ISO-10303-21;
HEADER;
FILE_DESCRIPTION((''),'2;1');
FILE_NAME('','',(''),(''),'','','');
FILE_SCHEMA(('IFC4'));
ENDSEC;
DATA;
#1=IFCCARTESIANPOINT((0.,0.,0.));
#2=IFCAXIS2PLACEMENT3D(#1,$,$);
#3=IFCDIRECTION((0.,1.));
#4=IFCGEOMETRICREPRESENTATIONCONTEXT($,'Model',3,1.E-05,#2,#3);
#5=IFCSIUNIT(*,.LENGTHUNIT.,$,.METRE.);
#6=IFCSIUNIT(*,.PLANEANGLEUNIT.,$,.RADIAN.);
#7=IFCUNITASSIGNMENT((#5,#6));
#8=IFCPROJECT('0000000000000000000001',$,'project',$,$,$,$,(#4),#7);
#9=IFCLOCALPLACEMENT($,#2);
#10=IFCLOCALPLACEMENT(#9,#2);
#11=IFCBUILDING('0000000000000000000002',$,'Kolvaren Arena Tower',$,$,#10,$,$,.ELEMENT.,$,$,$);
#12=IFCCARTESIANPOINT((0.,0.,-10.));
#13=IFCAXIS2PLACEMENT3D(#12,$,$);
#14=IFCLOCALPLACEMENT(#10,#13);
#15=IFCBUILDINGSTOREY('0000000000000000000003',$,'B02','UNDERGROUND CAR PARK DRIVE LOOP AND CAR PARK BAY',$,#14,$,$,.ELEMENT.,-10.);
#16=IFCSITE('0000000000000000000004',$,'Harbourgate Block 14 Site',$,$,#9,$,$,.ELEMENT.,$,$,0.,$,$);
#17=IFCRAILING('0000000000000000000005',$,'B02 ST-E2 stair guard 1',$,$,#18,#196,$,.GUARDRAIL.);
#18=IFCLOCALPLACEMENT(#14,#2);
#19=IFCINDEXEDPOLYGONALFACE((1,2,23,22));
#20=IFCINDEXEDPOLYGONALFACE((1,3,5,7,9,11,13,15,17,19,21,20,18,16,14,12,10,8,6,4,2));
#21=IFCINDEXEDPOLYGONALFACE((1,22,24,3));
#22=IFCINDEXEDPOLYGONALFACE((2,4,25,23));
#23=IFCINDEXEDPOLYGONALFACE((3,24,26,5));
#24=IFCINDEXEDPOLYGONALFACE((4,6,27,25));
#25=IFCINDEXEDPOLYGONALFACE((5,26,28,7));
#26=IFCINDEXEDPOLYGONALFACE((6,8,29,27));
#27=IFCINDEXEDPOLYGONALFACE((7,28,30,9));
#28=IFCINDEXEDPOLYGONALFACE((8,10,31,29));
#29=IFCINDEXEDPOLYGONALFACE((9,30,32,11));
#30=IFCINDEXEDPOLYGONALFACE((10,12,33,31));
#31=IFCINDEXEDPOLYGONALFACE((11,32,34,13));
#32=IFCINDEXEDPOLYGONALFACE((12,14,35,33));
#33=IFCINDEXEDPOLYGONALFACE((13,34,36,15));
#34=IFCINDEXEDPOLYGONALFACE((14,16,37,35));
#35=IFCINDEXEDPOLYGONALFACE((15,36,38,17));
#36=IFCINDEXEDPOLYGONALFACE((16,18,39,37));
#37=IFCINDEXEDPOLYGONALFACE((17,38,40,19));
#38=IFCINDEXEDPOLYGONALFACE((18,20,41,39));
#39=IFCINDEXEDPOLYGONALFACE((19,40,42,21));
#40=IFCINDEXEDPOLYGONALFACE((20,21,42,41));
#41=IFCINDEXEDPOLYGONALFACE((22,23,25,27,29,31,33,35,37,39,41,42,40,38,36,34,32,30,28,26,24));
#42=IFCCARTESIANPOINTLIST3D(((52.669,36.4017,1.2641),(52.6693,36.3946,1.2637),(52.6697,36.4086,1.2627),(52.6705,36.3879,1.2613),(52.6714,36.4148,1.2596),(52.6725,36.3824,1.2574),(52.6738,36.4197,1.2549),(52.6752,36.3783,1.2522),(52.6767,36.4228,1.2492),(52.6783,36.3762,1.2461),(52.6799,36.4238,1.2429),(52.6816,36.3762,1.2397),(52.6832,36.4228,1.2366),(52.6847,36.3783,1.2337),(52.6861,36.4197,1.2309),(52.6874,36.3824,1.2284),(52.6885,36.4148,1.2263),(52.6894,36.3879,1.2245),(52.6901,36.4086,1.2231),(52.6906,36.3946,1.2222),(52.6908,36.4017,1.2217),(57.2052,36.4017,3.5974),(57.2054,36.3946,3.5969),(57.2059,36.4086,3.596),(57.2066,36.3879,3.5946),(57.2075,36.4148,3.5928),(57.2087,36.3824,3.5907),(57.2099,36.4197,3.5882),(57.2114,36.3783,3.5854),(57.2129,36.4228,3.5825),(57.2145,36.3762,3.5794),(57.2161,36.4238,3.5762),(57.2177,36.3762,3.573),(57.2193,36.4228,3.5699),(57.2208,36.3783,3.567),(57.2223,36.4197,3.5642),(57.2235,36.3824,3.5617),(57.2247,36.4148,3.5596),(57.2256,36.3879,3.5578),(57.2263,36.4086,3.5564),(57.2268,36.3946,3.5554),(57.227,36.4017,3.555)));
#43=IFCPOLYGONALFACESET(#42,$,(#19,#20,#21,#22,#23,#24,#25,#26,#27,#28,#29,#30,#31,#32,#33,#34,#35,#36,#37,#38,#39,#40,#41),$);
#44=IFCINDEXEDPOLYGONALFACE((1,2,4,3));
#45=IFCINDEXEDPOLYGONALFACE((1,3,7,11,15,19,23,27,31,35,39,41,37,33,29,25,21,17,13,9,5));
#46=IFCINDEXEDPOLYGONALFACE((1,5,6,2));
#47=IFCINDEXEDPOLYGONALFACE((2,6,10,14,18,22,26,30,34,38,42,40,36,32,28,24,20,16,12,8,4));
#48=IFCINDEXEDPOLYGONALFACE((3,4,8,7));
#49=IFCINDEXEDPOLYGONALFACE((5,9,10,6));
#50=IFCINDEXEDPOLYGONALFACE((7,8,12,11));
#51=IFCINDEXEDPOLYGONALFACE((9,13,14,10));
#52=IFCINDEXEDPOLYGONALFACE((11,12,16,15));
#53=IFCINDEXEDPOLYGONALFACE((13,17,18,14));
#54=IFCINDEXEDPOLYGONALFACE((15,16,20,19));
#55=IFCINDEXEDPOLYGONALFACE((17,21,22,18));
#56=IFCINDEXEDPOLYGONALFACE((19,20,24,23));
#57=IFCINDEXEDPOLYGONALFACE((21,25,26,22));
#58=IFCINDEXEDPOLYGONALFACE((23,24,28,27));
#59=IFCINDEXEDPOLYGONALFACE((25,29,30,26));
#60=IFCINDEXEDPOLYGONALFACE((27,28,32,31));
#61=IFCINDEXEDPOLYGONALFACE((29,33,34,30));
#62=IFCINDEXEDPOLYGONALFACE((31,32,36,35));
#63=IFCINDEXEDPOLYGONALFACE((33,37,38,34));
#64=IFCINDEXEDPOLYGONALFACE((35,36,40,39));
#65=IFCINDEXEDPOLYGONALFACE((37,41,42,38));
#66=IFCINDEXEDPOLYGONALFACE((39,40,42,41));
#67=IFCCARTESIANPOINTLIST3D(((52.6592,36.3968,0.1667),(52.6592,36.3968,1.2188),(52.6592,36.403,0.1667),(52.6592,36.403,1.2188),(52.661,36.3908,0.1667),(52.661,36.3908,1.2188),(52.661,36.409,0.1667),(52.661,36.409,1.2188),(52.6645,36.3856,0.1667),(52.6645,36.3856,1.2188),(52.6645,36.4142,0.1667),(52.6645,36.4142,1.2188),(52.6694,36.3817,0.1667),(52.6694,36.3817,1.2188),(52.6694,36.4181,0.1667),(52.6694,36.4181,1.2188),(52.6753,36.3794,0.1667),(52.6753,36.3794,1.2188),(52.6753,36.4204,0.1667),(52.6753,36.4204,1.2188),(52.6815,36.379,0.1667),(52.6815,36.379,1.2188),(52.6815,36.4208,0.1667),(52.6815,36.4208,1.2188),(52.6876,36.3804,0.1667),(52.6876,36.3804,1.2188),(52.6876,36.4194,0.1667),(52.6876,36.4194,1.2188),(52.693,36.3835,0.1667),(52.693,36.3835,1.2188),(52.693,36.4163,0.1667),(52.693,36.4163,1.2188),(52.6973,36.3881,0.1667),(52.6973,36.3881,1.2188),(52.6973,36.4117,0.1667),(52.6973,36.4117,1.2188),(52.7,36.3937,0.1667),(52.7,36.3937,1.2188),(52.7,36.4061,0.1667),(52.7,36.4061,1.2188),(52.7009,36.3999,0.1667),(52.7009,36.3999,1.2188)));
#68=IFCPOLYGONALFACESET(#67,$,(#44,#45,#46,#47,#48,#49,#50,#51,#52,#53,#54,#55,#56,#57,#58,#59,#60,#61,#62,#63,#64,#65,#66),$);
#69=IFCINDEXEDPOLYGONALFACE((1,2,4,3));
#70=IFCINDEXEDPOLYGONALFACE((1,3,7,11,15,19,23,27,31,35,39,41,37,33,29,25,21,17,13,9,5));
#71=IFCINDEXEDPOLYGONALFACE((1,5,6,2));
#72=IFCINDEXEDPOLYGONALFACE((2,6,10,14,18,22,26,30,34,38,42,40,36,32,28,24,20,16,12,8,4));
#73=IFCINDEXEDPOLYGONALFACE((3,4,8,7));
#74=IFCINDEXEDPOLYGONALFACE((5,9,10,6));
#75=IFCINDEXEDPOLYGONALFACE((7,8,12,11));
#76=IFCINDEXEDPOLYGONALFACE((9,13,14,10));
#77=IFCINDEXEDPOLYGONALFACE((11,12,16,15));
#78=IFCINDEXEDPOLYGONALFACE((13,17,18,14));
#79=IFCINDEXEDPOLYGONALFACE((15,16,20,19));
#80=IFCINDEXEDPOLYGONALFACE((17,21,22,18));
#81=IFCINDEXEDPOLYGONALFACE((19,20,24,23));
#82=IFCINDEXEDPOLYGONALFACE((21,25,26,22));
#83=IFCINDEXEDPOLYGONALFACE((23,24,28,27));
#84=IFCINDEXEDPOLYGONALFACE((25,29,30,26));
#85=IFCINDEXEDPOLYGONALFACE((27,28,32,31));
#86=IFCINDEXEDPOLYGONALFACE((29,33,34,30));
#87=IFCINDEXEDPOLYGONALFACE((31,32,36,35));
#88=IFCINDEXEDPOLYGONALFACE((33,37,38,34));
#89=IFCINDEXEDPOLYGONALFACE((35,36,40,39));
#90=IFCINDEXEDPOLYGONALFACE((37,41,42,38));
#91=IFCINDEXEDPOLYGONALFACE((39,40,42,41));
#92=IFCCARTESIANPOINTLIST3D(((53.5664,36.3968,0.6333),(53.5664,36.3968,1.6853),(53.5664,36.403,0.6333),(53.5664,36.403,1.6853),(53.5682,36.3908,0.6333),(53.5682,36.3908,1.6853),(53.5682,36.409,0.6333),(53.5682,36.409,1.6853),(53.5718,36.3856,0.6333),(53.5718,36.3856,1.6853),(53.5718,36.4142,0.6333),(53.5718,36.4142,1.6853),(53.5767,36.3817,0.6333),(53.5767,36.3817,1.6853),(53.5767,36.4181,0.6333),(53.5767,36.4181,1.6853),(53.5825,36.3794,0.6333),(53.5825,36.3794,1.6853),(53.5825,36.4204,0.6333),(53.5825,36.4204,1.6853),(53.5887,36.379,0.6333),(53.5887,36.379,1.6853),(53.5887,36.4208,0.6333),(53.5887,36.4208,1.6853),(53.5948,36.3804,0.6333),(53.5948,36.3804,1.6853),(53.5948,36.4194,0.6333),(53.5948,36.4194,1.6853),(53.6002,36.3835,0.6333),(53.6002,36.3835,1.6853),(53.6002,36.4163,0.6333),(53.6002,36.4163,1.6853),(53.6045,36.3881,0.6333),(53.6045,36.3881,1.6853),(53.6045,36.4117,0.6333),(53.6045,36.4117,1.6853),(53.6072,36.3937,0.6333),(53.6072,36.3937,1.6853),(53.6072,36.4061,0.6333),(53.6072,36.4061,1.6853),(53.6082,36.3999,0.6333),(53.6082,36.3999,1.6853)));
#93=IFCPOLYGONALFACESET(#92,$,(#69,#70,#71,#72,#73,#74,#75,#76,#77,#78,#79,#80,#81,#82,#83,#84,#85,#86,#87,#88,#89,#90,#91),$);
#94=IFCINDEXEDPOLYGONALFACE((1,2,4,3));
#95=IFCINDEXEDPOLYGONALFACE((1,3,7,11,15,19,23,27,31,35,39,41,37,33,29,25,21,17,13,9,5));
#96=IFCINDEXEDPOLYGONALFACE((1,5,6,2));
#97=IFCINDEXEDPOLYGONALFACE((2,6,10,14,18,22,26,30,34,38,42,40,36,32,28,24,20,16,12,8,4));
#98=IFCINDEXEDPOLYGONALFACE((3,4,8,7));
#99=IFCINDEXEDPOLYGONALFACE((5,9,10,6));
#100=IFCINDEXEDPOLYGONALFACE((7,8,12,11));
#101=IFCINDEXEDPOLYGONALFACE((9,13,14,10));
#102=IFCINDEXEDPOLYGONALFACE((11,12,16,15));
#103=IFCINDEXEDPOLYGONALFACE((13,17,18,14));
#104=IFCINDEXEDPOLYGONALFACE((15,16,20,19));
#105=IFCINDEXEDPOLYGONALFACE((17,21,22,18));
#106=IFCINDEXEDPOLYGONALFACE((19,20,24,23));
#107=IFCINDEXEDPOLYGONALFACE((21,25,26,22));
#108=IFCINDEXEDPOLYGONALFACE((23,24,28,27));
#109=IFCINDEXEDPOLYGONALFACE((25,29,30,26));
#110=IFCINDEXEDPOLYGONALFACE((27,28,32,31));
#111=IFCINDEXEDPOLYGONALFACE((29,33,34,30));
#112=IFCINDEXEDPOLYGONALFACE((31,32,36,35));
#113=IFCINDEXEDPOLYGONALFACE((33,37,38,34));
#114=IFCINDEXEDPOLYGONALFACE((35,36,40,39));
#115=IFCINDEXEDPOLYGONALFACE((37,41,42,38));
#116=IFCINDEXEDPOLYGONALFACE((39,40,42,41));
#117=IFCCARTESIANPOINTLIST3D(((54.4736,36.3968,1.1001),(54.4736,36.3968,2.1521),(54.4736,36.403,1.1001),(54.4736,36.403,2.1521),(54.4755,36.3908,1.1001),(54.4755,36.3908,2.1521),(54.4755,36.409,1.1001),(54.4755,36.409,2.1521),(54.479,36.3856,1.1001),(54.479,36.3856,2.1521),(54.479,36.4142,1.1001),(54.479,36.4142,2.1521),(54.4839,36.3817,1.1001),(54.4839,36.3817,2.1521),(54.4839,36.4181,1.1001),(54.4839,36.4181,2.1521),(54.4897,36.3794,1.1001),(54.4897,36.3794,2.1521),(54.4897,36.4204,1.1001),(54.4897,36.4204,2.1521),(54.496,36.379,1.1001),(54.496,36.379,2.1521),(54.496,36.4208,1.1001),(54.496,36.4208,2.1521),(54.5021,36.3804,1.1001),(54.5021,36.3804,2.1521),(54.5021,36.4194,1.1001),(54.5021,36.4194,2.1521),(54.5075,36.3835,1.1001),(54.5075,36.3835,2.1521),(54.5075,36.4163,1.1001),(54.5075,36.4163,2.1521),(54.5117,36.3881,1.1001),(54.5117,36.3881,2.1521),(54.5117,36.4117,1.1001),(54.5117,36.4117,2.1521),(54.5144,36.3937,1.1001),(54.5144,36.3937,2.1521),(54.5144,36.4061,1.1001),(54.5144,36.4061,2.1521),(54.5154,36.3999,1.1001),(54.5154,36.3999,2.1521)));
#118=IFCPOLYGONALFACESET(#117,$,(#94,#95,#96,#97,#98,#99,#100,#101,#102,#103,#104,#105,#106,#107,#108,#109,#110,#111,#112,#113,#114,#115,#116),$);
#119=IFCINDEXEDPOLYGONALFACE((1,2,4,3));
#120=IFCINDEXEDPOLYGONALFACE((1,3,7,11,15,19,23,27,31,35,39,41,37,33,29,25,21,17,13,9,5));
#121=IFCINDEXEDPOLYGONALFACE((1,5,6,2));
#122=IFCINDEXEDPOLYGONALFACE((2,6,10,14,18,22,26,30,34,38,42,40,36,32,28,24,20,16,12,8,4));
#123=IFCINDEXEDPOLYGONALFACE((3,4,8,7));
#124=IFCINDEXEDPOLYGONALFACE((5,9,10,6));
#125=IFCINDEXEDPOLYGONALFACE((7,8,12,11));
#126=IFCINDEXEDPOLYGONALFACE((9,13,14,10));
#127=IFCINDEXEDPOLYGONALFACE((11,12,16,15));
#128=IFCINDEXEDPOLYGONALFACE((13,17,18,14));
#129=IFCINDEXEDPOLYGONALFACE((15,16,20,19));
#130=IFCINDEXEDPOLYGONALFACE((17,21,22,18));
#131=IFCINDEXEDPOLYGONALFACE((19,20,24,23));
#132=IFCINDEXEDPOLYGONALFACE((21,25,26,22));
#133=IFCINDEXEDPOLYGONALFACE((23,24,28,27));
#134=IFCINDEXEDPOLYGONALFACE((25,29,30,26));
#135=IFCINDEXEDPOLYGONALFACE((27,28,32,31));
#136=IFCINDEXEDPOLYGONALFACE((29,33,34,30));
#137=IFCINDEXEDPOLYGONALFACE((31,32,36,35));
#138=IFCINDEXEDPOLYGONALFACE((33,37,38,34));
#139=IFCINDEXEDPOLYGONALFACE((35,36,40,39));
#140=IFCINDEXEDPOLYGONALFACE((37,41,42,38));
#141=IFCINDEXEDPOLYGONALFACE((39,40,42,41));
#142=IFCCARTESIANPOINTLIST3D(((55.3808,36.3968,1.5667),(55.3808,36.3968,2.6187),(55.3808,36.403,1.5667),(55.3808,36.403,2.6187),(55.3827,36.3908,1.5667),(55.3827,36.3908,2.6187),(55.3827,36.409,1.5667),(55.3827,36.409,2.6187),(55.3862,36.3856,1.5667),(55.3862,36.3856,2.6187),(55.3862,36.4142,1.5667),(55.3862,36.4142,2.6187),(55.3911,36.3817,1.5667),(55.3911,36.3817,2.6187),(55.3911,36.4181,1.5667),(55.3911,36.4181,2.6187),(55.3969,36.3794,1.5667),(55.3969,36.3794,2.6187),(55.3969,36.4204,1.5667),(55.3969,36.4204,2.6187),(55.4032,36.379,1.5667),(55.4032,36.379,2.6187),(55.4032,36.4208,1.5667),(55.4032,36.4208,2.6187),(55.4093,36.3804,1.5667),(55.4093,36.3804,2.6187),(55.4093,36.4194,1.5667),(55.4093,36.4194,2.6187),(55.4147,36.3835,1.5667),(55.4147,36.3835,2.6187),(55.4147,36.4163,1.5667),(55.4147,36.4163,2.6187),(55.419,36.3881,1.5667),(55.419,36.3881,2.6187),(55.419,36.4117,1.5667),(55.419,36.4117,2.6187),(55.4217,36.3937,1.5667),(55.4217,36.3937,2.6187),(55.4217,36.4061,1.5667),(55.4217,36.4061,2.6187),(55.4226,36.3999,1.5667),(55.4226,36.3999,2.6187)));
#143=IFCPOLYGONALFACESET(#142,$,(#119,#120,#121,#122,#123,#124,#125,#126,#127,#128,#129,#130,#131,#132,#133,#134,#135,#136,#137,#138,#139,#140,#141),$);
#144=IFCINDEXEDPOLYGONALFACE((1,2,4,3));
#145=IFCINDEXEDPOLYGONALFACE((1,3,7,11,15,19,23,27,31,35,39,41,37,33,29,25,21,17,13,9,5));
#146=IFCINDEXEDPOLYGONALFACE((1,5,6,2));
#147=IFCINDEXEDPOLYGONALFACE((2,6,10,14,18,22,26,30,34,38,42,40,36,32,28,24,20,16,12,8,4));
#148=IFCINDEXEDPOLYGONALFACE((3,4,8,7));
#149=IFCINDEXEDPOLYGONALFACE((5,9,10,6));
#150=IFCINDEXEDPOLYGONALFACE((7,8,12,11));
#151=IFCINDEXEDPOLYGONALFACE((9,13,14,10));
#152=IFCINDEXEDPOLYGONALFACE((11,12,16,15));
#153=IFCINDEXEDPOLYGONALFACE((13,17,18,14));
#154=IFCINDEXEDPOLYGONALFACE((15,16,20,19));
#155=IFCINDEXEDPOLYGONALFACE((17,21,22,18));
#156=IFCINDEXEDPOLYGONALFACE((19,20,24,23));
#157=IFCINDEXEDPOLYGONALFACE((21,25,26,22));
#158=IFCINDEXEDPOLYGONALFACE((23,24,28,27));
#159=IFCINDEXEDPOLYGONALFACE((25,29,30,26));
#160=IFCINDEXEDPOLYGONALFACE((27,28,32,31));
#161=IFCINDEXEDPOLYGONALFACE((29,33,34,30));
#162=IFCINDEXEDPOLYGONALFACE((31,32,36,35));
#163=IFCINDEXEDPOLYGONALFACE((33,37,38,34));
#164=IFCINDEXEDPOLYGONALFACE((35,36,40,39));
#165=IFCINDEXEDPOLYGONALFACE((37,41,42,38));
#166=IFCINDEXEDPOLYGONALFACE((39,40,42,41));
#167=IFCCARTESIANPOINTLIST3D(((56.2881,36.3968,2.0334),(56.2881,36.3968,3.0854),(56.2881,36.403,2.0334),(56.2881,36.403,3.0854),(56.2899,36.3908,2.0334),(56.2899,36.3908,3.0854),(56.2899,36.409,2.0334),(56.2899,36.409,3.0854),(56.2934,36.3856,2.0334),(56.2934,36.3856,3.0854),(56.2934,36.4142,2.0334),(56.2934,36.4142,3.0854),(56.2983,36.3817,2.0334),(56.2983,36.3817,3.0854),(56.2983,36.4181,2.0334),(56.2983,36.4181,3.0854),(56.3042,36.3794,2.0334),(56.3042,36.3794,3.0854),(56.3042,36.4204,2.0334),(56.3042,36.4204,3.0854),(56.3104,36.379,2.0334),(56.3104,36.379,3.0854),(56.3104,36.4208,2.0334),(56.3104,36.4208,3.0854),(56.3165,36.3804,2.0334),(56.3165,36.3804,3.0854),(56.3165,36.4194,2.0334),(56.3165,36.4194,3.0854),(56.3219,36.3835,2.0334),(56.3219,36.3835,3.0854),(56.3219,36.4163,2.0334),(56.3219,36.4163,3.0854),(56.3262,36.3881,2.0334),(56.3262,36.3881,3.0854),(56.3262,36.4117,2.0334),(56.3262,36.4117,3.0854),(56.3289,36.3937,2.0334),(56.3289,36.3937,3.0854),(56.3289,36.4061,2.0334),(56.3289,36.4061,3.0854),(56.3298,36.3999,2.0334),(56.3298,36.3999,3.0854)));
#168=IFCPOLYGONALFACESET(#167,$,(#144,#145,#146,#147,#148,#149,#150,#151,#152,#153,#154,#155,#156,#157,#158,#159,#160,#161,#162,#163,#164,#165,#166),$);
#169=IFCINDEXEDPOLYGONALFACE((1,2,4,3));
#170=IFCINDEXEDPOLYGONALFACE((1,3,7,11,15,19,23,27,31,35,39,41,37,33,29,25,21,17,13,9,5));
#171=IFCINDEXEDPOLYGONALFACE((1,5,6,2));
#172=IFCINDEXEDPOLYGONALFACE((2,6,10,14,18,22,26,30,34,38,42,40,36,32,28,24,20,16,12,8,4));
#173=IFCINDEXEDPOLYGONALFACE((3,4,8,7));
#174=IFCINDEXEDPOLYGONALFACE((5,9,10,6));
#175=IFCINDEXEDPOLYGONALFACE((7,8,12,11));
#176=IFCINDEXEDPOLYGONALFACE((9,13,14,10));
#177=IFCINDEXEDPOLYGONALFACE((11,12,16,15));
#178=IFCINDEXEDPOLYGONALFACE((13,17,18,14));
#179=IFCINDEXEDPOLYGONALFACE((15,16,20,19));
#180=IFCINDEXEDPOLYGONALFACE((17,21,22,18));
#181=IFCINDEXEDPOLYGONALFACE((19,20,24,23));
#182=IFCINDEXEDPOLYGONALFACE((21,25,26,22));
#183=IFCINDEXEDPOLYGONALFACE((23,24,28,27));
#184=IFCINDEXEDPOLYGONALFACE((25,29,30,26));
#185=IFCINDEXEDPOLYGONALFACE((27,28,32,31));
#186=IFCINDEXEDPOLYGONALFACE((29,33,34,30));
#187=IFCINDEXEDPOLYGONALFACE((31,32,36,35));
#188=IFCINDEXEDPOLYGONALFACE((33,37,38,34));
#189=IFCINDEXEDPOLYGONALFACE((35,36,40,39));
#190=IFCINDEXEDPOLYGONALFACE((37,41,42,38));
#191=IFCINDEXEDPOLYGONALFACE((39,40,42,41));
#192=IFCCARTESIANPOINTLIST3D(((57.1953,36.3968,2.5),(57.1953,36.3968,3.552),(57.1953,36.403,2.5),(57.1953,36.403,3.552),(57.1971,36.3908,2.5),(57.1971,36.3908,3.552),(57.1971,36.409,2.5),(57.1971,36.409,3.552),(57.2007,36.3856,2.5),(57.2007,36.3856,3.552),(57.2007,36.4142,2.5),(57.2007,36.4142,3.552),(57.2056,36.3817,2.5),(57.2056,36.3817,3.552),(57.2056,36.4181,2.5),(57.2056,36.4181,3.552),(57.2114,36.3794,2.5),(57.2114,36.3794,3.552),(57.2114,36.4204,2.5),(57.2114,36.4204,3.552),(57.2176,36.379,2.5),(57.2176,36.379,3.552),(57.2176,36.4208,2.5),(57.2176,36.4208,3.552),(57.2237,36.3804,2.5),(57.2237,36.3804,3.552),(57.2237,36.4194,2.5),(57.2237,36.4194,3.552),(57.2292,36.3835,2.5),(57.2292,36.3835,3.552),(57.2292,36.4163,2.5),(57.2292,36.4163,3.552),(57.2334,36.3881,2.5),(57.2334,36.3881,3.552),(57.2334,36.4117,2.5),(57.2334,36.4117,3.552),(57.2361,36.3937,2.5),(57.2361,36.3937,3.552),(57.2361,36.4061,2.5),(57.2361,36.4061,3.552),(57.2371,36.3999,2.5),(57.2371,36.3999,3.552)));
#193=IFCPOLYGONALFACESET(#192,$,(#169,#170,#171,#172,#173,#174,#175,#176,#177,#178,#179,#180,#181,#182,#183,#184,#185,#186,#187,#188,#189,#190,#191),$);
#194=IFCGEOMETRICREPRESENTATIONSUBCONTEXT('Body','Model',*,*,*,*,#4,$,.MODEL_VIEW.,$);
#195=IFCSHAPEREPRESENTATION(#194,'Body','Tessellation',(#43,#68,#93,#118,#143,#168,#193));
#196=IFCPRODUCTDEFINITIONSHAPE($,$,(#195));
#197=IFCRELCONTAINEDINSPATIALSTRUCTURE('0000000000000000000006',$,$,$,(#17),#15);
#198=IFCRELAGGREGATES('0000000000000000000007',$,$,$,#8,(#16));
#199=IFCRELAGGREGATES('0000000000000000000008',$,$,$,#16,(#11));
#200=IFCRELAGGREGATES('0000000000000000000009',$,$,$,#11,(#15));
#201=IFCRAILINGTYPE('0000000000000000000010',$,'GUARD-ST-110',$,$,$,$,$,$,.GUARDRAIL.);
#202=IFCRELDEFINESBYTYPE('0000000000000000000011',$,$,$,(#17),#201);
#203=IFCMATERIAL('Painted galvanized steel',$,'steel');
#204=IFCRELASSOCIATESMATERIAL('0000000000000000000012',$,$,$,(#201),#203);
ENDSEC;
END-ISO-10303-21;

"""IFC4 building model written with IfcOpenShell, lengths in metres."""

from ifc_helpers import new_model, si_unit, direction, frame, origin, origin_2d, place, context, subcontext, project, spatial, circle, extrude, material, type_object, element, save


model = new_model("IFC4")

# Units and contexts
model_context = context("Model", 3, precision=1e-05, world=origin(), true_north=direction((0.0, 1.0)))
body_context = subcontext(model_context, "Body", "Model", "MODEL_VIEW")
ifc_project = project(units=[si_unit("LENGTHUNIT", "METRE"), si_unit("PLANEANGLEUNIT", "RADIAN")], contexts=[model_context])

# Site, building, storey
site_placement = place(None, origin())
site = spatial("IfcSite", under=ifc_project, at=site_placement, Name="Harbourgate Block 14 Site", CompositionType="ELEMENT", RefElevation=0.0)
building_placement = place(site_placement, origin())
building = spatial("IfcBuilding", under=site, at=building_placement, Name="Kolvaren Arena Tower", CompositionType="ELEMENT")
storey_placement = place(building_placement, frame((0.0, 0.0, -10.0)))
storey = spatial("IfcBuildingStorey", under=building, at=storey_placement, Name="B02", Description="UNDERGROUND CAR PARK DRIVE LOOP AND CAR PARK BAY", CompositionType="ELEMENT", Elevation=-10.0)

# Railing
ifc_material_1 = material(Name="Painted galvanized steel", Category="steel")
railing_type_1 = type_object("IfcRailingType", Name="GUARD-ST-110", PredefinedType="GUARDRAIL", material=ifc_material_1)
railing_1_placement = place(storey_placement, frame((52.6799, 36.3999, 0.1667)))
element("IfcRailing", 1, at=railing_1_placement, inside=storey, type_object=railing_type_1, Name="B02 ST-E2 stair guard 1", PredefinedType="GUARDRAIL", context=body_context, shape_type="SweptSolid", body=[
    extrude(circle(Radius=0.0239, at=origin_2d()), frame((0.0, 0.0, 1.0762), z_axis=(0.889257, 0.0, 0.457407), x_axis=(0.0, 1.0, 0.0)), (0.0, 0.0, 1.0), 5.1011),
    extrude(circle(Radius=0.021, at=origin_2d()), origin(), (0.0, 0.0, 1.0), 1.052),
    extrude(circle(Radius=0.021, at=origin_2d()), frame((0.9072, 0.0, 0.4666)), (0.0, 0.0, 1.0), 1.052),
    extrude(circle(Radius=0.021, at=origin_2d()), frame((1.8145, 0.0, 0.9333)), (0.0, 0.0, 1.0), 1.052),
    extrude(circle(Radius=0.021, at=origin_2d()), frame((2.7217, 0.0, 1.3999)), (0.0, 0.0, 1.0), 1.052),
    extrude(circle(Radius=0.021, at=origin_2d()), frame((3.6289, 0.0, 1.8667)), (0.0, 0.0, 1.0), 1.052),
    extrude(circle(Radius=0.021, at=origin_2d()), frame((4.5361, 0.0, 2.3333)), (0.0, 0.0, 1.0), 1.052),
])

save(model, "model.ifc")
